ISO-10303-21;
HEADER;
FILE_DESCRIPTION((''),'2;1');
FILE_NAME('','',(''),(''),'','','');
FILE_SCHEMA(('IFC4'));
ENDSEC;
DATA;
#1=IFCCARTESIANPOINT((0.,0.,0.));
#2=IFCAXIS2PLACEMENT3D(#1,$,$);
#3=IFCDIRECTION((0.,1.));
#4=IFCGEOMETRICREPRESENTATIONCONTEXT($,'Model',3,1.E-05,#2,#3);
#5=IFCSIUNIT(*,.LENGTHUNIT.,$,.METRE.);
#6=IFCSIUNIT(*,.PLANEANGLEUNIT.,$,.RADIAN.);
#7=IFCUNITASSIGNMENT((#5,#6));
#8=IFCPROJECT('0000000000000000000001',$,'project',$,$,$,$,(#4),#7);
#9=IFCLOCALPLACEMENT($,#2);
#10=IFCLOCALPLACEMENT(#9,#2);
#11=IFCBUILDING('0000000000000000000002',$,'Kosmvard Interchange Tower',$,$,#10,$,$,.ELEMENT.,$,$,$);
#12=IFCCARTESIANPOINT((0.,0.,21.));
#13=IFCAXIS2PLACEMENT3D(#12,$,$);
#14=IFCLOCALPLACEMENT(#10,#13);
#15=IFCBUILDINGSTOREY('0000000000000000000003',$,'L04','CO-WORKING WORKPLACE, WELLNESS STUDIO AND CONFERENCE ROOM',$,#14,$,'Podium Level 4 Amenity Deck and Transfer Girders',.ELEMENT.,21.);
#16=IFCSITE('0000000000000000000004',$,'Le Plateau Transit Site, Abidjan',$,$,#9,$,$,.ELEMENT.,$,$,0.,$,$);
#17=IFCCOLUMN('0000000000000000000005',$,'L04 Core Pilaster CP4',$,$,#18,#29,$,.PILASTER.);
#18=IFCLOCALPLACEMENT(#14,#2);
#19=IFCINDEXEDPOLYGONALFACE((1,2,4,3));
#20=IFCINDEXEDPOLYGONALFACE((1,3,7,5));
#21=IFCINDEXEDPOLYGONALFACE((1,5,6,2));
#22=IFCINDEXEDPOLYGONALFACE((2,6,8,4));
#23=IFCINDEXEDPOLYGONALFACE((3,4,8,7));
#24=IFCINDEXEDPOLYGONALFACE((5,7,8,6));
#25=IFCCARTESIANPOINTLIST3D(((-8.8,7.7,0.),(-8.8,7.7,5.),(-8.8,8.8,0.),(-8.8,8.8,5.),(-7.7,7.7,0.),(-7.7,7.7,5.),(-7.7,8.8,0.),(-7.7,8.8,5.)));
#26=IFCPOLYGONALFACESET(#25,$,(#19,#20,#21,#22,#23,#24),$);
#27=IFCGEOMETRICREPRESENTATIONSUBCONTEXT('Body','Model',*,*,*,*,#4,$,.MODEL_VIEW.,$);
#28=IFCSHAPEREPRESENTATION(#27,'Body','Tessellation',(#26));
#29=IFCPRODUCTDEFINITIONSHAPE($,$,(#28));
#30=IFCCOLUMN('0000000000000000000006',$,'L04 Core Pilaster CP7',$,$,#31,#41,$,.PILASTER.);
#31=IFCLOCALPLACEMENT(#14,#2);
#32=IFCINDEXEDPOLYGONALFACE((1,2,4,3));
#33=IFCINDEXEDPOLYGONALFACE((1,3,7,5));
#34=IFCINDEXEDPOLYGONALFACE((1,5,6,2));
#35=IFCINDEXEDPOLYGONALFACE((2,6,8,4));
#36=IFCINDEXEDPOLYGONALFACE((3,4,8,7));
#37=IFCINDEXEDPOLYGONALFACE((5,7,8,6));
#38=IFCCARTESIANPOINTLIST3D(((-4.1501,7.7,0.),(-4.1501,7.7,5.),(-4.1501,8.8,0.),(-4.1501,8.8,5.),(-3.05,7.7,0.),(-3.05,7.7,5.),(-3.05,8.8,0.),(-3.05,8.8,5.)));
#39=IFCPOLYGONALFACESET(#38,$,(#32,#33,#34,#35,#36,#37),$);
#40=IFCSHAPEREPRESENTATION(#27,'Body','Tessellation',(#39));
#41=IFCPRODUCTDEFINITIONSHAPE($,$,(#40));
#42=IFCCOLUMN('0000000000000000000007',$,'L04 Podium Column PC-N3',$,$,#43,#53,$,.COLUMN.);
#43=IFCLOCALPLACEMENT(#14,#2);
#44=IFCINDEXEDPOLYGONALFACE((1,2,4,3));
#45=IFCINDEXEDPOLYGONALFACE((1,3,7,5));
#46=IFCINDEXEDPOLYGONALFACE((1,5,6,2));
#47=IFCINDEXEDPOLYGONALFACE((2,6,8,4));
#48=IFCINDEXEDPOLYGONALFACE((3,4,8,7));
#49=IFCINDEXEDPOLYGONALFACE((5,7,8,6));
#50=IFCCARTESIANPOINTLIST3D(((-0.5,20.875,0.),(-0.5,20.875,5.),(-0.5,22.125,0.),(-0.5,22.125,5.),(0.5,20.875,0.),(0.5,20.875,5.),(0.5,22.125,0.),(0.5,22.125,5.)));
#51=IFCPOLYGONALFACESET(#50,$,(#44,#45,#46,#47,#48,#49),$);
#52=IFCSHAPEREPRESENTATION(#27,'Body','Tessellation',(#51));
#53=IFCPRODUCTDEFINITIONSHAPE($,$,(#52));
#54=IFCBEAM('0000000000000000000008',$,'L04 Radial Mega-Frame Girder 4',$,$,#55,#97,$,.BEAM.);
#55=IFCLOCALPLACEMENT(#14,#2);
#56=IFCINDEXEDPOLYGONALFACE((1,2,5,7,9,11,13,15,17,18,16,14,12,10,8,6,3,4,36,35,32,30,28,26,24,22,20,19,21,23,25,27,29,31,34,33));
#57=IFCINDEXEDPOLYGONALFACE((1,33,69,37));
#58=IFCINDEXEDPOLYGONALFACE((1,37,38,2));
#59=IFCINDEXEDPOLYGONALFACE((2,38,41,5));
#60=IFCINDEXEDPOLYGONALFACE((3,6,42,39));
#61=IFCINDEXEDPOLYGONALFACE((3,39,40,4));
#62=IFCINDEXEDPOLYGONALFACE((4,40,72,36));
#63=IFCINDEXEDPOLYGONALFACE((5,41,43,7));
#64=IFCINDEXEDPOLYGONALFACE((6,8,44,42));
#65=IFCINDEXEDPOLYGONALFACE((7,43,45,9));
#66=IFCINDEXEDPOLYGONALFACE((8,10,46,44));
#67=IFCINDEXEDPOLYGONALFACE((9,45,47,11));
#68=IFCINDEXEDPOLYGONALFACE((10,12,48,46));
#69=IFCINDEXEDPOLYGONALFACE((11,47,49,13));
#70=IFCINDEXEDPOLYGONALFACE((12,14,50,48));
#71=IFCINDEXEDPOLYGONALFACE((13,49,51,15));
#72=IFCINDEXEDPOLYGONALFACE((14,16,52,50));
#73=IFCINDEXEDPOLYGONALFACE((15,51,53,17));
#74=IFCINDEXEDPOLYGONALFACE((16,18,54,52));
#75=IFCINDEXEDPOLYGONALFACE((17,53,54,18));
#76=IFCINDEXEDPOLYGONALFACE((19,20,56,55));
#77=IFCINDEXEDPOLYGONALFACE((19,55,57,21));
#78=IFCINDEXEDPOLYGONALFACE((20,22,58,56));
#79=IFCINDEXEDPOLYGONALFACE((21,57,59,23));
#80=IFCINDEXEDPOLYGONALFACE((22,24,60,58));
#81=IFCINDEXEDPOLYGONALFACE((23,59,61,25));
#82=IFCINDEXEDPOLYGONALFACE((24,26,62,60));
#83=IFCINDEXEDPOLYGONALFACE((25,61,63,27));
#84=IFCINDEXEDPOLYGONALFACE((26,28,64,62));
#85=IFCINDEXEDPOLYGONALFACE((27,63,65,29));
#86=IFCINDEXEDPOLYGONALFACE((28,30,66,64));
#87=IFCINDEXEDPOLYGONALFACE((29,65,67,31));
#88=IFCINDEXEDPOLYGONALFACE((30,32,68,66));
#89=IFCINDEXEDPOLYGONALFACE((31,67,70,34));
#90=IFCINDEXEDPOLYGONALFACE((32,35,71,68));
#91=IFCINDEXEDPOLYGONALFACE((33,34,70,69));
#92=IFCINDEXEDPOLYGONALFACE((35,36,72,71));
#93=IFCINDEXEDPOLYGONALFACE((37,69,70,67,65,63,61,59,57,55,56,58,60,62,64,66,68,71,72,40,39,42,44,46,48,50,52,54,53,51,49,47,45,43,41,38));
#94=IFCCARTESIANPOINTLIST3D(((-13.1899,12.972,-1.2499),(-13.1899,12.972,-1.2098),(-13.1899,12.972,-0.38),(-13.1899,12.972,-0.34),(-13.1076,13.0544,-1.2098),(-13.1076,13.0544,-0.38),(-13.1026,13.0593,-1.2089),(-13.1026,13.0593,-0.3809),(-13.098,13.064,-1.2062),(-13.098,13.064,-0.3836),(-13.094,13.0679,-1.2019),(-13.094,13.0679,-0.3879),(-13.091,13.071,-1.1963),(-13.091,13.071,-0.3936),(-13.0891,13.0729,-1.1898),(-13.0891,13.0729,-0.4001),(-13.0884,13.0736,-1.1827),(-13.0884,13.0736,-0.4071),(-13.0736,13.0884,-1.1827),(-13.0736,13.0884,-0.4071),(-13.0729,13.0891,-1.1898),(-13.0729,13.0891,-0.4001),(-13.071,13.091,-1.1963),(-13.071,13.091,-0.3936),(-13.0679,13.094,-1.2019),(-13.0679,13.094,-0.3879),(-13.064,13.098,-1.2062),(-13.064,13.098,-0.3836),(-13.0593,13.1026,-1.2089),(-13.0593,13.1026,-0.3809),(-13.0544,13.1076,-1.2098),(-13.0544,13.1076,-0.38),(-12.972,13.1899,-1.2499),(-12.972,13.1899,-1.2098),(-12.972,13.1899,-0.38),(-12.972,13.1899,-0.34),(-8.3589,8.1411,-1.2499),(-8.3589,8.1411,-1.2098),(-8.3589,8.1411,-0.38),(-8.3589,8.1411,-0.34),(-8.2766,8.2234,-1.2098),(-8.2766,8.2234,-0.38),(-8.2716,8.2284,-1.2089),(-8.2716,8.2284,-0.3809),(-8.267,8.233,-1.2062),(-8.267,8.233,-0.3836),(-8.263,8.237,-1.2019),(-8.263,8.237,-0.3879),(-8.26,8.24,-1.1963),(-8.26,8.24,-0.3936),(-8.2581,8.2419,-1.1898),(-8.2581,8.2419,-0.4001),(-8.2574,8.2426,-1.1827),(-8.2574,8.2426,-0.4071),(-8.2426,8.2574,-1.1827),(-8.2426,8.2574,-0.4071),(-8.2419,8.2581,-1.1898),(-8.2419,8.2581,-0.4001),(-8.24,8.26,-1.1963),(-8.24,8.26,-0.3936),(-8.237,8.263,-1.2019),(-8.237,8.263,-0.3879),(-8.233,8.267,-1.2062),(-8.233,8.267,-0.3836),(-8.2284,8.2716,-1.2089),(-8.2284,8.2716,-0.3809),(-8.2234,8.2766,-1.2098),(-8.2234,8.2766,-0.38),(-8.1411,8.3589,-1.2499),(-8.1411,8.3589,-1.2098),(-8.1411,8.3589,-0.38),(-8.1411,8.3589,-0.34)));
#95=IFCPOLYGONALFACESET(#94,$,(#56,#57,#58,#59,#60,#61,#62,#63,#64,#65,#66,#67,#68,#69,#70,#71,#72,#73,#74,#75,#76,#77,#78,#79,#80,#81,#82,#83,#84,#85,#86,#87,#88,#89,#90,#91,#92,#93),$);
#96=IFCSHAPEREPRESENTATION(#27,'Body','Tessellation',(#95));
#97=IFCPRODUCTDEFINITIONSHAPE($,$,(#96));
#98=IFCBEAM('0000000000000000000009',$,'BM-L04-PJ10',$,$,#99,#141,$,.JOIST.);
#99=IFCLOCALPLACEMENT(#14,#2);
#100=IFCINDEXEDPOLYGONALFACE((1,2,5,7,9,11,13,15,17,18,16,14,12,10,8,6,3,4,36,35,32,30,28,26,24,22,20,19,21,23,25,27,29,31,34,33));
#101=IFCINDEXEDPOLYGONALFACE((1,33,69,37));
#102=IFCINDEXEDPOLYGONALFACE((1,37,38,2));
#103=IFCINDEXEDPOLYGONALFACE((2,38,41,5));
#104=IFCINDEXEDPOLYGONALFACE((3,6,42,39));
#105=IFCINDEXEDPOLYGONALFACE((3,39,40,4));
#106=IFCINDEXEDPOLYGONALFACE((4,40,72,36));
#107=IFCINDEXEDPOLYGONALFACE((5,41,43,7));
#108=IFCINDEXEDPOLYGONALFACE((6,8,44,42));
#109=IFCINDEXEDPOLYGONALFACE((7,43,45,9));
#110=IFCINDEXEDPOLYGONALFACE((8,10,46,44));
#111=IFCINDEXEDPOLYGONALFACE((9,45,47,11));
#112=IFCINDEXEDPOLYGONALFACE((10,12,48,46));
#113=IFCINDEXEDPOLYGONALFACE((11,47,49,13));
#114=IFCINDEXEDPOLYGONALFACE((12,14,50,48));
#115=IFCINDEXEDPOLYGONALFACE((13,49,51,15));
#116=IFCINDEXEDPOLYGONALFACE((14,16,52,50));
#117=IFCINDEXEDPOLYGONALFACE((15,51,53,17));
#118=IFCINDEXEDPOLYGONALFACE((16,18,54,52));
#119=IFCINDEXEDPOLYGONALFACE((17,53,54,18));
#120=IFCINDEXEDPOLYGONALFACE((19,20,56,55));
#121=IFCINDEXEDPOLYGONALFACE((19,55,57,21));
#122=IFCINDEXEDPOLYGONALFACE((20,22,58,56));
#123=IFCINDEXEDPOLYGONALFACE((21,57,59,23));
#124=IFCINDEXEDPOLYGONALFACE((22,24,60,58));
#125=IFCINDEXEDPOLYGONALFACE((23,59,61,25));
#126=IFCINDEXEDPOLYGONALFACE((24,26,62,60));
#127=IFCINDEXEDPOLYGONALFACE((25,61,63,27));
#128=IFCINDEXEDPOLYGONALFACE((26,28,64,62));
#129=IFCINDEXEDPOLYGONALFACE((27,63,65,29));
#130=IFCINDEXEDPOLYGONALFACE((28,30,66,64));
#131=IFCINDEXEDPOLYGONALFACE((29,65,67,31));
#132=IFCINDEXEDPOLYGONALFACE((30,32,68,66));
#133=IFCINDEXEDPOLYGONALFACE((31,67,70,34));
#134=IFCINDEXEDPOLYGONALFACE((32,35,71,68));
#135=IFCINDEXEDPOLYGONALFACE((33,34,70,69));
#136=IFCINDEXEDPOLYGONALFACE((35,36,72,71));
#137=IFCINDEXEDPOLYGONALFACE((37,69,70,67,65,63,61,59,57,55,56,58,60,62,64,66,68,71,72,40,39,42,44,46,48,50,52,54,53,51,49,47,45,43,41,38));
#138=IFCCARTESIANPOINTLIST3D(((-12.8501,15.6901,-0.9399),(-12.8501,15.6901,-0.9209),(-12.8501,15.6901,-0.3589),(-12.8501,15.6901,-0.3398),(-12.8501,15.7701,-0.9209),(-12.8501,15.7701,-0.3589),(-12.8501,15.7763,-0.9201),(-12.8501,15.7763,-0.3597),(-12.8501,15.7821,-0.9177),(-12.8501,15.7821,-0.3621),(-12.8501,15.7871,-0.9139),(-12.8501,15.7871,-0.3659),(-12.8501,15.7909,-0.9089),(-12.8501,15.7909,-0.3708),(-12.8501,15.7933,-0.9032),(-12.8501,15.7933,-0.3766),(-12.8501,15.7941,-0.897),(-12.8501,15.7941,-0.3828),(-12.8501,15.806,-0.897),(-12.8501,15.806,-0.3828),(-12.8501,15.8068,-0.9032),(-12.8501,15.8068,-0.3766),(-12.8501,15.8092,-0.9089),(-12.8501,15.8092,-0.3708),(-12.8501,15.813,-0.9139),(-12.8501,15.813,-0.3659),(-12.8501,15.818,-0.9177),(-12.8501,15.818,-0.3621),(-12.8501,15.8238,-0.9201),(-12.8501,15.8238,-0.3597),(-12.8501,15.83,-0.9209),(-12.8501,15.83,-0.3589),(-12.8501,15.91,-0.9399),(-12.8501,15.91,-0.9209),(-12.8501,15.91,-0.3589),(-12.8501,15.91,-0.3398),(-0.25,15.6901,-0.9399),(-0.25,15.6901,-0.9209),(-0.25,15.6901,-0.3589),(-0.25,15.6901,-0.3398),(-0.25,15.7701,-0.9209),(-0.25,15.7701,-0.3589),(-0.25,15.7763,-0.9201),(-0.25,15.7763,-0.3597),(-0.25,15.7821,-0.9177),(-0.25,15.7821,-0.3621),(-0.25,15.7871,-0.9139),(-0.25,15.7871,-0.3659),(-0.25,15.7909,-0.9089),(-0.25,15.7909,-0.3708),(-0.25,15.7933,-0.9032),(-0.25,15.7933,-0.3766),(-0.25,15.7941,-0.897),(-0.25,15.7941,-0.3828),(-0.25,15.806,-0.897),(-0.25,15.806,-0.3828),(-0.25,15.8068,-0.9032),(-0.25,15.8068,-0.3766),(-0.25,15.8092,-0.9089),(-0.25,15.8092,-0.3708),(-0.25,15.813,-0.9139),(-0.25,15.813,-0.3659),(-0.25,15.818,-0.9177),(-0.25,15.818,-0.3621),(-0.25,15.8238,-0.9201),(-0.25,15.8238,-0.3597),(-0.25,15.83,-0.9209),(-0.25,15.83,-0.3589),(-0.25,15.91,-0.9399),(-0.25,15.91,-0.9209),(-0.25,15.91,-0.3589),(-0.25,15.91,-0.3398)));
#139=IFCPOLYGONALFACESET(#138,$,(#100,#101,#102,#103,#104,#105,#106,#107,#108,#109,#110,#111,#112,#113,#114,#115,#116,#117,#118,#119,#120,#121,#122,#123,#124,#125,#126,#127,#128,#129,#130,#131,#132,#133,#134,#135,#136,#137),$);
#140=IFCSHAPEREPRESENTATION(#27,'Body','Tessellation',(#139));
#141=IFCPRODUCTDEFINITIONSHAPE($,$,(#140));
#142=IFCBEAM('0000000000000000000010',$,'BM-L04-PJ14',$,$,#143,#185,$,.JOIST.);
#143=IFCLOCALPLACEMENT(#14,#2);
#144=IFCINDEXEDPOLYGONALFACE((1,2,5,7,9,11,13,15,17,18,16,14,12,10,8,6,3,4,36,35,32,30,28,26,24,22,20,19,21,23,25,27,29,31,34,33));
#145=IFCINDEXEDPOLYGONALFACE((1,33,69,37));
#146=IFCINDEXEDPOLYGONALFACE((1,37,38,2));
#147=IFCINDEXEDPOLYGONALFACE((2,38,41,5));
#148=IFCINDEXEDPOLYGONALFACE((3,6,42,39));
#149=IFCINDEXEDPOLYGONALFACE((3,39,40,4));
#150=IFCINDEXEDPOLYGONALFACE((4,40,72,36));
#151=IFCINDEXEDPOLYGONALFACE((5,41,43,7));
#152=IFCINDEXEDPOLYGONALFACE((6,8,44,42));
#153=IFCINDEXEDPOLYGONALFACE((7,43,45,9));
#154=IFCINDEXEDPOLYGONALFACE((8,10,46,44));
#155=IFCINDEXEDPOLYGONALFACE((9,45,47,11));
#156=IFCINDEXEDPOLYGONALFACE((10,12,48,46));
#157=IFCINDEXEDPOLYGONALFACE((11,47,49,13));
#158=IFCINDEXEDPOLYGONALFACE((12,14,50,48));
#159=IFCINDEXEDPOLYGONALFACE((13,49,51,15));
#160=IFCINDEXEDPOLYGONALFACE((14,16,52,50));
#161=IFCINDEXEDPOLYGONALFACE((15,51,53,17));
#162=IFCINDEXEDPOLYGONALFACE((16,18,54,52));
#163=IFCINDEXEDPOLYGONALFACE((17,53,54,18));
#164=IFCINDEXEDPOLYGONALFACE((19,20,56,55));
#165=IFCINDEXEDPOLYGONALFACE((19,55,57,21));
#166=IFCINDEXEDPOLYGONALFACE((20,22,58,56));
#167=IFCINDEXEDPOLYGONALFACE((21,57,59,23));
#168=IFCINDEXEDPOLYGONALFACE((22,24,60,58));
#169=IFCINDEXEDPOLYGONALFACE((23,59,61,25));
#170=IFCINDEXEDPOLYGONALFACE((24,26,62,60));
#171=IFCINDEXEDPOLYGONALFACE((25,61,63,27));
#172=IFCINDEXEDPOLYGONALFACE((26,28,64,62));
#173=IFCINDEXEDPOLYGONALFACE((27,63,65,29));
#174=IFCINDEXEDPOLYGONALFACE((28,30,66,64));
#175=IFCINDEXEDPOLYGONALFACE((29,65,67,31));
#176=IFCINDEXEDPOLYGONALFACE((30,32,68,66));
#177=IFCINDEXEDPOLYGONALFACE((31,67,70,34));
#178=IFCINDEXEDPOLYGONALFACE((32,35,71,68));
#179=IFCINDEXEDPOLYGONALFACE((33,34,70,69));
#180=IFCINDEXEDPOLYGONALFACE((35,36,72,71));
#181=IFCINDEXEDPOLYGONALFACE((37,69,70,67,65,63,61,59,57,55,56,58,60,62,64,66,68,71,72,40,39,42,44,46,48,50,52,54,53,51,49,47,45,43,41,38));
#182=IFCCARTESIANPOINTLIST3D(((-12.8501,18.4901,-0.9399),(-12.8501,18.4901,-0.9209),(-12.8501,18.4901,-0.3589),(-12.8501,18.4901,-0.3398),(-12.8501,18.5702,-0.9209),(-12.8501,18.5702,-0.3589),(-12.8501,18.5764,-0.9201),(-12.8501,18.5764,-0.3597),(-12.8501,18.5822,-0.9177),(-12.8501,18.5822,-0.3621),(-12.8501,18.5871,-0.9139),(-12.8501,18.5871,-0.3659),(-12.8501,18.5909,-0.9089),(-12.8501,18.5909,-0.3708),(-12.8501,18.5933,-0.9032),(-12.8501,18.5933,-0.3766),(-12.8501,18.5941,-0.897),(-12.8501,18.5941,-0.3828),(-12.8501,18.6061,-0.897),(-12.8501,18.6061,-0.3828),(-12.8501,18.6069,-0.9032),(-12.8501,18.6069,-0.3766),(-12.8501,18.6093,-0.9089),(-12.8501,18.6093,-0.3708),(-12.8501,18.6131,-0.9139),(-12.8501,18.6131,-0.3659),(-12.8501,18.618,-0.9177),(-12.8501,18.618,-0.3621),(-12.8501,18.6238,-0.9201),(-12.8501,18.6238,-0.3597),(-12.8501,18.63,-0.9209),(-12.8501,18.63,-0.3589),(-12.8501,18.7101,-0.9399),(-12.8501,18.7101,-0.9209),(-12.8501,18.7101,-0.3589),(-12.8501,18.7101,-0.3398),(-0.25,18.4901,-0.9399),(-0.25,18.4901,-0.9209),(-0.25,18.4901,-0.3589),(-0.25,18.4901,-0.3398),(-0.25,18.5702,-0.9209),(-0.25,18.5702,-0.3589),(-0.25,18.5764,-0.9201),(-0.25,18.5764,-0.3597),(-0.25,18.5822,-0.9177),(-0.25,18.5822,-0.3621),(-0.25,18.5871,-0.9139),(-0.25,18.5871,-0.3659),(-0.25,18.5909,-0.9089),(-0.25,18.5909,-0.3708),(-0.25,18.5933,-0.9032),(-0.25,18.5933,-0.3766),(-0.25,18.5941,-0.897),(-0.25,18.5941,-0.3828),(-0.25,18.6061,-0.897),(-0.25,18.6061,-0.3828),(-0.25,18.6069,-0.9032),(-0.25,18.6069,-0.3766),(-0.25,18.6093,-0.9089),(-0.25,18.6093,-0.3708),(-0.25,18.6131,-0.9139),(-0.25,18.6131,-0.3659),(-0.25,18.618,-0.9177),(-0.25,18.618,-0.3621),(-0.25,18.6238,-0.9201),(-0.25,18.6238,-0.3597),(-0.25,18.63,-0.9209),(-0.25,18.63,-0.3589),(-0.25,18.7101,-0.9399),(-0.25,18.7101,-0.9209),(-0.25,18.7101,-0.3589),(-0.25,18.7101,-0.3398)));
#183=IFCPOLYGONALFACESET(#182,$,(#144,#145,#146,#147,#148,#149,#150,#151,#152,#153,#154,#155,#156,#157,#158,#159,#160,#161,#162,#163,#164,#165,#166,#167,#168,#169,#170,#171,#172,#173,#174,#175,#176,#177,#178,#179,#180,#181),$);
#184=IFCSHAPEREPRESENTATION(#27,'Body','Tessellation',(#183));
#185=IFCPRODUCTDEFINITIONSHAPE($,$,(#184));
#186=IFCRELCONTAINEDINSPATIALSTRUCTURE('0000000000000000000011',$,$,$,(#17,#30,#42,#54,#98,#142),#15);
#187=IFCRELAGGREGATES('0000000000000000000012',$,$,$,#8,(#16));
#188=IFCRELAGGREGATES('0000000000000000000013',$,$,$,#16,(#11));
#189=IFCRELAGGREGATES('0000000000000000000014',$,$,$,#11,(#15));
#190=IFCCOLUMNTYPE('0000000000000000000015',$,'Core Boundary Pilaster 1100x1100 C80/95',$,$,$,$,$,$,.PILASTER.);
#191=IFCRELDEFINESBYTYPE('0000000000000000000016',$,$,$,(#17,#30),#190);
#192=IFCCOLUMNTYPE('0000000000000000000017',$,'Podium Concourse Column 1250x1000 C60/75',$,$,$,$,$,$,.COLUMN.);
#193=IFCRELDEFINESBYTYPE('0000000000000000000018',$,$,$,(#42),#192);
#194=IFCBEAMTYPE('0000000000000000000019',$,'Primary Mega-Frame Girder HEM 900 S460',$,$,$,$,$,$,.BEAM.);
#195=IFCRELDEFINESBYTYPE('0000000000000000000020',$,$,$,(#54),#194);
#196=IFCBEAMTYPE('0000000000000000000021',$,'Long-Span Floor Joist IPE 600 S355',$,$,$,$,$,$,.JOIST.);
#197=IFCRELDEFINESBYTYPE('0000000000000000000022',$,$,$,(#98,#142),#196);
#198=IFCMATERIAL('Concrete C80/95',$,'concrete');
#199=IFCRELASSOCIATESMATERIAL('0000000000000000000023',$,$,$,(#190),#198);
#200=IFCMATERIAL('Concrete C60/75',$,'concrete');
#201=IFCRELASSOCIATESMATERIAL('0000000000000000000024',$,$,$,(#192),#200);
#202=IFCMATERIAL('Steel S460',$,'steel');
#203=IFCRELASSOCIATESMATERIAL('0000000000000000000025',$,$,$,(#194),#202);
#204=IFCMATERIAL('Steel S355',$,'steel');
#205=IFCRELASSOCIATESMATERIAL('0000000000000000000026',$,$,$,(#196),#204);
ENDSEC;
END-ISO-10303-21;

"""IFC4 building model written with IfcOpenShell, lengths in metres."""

from ifc_helpers import new_model, si_unit, direction, frame, origin, origin_2d, place, context, subcontext, project, spatial, rectangle, i_section, extrude, source, transform, mapped, material, material_profile, profile_set, type_object, element, save


model = new_model("IFC4")

# Units and contexts
model_context = context("Model", 3, precision=1e-05, world=origin(), true_north=direction((0.0, 1.0)))
body_context = subcontext(model_context, "Body", "Model", "MODEL_VIEW")
ifc_project = project(units=[si_unit("LENGTHUNIT", "METRE"), si_unit("PLANEANGLEUNIT", "RADIAN")], contexts=[model_context])

# Site, building, storey
site_placement = place(None, origin())
site = spatial("IfcSite", under=ifc_project, at=site_placement, Name="Le Plateau Transit Site, Abidjan", CompositionType="ELEMENT", RefElevation=0.0)
building_placement = place(site_placement, origin())
building = spatial("IfcBuilding", under=site, at=building_placement, Name="Kosmvard Interchange Tower", CompositionType="ELEMENT")
storey_placement = place(building_placement, frame((0.0, 0.0, 21.0)))
storey = spatial("IfcBuildingStorey", under=building, at=storey_placement, Name="L04", Description="CO-WORKING WORKPLACE, WELLNESS STUDIO AND CONFERENCE ROOM", LongName="Podium Level 4 Amenity Deck and Transfer Girders", CompositionType="ELEMENT", Elevation=21.0)

# Columns
ifc_material_1 = material(Name="Concrete C80/95", Category="concrete")
ifc_material_profile_1 = material_profile(ifc_material_1, rectangle(XDim=1.1001, YDim=1.1001, at=origin_2d()), Name="CP 1100x1100")
ifc_profile_set_1 = profile_set([ifc_material_profile_1], Name="Concrete C80/95")
column_type_1 = type_object("IfcColumnType", Name="Core Boundary Pilaster 1100x1100 C80/95", PredefinedType="PILASTER", material=ifc_profile_set_1)
shared_shape_1 = source(origin(), body_context, "Body", "SweptSolid", [
    extrude(rectangle(XDim=1.1001, YDim=1.1001, at=origin_2d()), origin(), (0.0, 0.0, 1.0), 5.0),
])
for number, where, z_axis, x_axis, name in (
    (1, (-8.25, 8.25, 0.0), (0.0, 0.0, 1.0), (1.0, 0.0, 0.0), "L04 Core Pilaster CP4"),
    (2, (-3.6001, 8.25, 0.0), (0.0, 0.0, 1.0), (1.0, 0.0, 0.0), "L04 Core Pilaster CP7"),
):
    element("IfcColumn", number, at=place(storey_placement, frame(where, z_axis=z_axis, x_axis=x_axis)), inside=storey, type_object=column_type_1, Name=name, PredefinedType="PILASTER", context=body_context, shape_type="MappedRepresentation", body=[
        mapped(shared_shape_1, transform((0.0, 0.0, 0.0), scale=1.0)),
    ])
ifc_material_2 = material(Name="Concrete C60/75", Category="concrete")
ifc_material_profile_2 = material_profile(ifc_material_2, rectangle(XDim=1.0, YDim=1.25, at=origin_2d()), Name="PC 1250x1000")
ifc_profile_set_2 = profile_set([ifc_material_profile_2], Name="Concrete C60/75")
column_type_2 = type_object("IfcColumnType", Name="Podium Concourse Column 1250x1000 C60/75", PredefinedType="COLUMN", material=ifc_profile_set_2)
shared_shape_2 = source(origin(), body_context, "Body", "SweptSolid", [
    extrude(rectangle(XDim=1.0, YDim=1.25, at=origin_2d()), origin(), (0.0, 0.0, 1.0), 5.0),
])
column_placement = place(storey_placement, frame((0.0, 21.5, 0.0), z_axis=(0.0, 0.0, 1.0), x_axis=(1.0, 0.0, 0.0)))
element("IfcColumn", 3, at=column_placement, inside=storey, type_object=column_type_2, Name="L04 Podium Column PC-N3", PredefinedType="COLUMN", context=body_context, shape_type="MappedRepresentation", body=[
    mapped(shared_shape_2, transform((0.0, 0.0, 0.0), scale=1.0)),
])

# Beams
ifc_material_3 = material(Name="Steel S460", Category="steel")
ifc_material_profile_3 = material_profile(ifc_material_3, i_section(OverallWidth=0.3081, OverallDepth=0.9099, WebThickness=0.021, FlangeThickness=0.04, FilletRadius=0.0271, at=origin_2d()), Name="HEM 900")
ifc_profile_set_3 = profile_set([ifc_material_profile_3], Name="Steel S460")
beam_type_1 = type_object("IfcBeamType", Name="Primary Mega-Frame Girder HEM 900 S460", PredefinedType="BEAM", material=ifc_profile_set_3)
shared_shape_3 = source(origin(), body_context, "Body", "SweptSolid", [
    extrude(i_section(OverallWidth=0.3081, OverallDepth=0.9099, WebThickness=0.021, FlangeThickness=0.04, FilletRadius=0.0271, at=origin_2d()), origin(), (0.0, 0.0, 1.0), 6.832),
])
beam_placement = place(storey_placement, frame((-8.25, 8.25, -0.7949), z_axis=(-0.707107, 0.707107, 0.0), x_axis=(-0.707107, -0.707107, 0.0)))
element("IfcBeam", 4, at=beam_placement, inside=storey, type_object=beam_type_1, Name="L04 Radial Mega-Frame Girder 4", PredefinedType="BEAM", context=body_context, shape_type="MappedRepresentation", body=[
    mapped(shared_shape_3, transform((0.0, 0.0, 0.0), scale=1.0)),
])
ifc_material_4 = material(Name="Steel S355", Category="steel")
ifc_material_profile_4 = material_profile(ifc_material_4, i_section(OverallWidth=0.22, OverallDepth=0.6001, WebThickness=0.012, FlangeThickness=0.019, FilletRadius=0.0239, at=origin_2d()), Name="IPE 600")
ifc_profile_set_4 = profile_set([ifc_material_profile_4], Name="Steel S355")
beam_type_2 = type_object("IfcBeamType", Name="Long-Span Floor Joist IPE 600 S355", PredefinedType="JOIST", material=ifc_profile_set_4)
shared_shape_4 = source(origin(), body_context, "Body", "SweptSolid", [
    extrude(i_section(OverallWidth=0.22, OverallDepth=0.6001, WebThickness=0.012, FlangeThickness=0.019, FilletRadius=0.0239, at=origin_2d()), origin(), (0.0, 0.0, 1.0), 12.6001),
])
for number, where, z_axis, x_axis, name in (
    (5, (-12.8501, 15.8, -0.6399), (1.0, 0.0, 0.0), (0.0, 1.0, 0.0), "BM-L04-PJ10"),
    (6, (-12.8501, 18.6001, -0.6399), (1.0, 0.0, 0.0), (0.0, 1.0, 0.0), "BM-L04-PJ14"),
):
    element("IfcBeam", number, at=place(storey_placement, frame(where, z_axis=z_axis, x_axis=x_axis)), inside=storey, type_object=beam_type_2, Name=name, PredefinedType="JOIST", context=body_context, shape_type="MappedRepresentation", body=[
        mapped(shared_shape_4, transform((0.0, 0.0, 0.0), scale=1.0)),
    ])

save(model, "model.ifc")
